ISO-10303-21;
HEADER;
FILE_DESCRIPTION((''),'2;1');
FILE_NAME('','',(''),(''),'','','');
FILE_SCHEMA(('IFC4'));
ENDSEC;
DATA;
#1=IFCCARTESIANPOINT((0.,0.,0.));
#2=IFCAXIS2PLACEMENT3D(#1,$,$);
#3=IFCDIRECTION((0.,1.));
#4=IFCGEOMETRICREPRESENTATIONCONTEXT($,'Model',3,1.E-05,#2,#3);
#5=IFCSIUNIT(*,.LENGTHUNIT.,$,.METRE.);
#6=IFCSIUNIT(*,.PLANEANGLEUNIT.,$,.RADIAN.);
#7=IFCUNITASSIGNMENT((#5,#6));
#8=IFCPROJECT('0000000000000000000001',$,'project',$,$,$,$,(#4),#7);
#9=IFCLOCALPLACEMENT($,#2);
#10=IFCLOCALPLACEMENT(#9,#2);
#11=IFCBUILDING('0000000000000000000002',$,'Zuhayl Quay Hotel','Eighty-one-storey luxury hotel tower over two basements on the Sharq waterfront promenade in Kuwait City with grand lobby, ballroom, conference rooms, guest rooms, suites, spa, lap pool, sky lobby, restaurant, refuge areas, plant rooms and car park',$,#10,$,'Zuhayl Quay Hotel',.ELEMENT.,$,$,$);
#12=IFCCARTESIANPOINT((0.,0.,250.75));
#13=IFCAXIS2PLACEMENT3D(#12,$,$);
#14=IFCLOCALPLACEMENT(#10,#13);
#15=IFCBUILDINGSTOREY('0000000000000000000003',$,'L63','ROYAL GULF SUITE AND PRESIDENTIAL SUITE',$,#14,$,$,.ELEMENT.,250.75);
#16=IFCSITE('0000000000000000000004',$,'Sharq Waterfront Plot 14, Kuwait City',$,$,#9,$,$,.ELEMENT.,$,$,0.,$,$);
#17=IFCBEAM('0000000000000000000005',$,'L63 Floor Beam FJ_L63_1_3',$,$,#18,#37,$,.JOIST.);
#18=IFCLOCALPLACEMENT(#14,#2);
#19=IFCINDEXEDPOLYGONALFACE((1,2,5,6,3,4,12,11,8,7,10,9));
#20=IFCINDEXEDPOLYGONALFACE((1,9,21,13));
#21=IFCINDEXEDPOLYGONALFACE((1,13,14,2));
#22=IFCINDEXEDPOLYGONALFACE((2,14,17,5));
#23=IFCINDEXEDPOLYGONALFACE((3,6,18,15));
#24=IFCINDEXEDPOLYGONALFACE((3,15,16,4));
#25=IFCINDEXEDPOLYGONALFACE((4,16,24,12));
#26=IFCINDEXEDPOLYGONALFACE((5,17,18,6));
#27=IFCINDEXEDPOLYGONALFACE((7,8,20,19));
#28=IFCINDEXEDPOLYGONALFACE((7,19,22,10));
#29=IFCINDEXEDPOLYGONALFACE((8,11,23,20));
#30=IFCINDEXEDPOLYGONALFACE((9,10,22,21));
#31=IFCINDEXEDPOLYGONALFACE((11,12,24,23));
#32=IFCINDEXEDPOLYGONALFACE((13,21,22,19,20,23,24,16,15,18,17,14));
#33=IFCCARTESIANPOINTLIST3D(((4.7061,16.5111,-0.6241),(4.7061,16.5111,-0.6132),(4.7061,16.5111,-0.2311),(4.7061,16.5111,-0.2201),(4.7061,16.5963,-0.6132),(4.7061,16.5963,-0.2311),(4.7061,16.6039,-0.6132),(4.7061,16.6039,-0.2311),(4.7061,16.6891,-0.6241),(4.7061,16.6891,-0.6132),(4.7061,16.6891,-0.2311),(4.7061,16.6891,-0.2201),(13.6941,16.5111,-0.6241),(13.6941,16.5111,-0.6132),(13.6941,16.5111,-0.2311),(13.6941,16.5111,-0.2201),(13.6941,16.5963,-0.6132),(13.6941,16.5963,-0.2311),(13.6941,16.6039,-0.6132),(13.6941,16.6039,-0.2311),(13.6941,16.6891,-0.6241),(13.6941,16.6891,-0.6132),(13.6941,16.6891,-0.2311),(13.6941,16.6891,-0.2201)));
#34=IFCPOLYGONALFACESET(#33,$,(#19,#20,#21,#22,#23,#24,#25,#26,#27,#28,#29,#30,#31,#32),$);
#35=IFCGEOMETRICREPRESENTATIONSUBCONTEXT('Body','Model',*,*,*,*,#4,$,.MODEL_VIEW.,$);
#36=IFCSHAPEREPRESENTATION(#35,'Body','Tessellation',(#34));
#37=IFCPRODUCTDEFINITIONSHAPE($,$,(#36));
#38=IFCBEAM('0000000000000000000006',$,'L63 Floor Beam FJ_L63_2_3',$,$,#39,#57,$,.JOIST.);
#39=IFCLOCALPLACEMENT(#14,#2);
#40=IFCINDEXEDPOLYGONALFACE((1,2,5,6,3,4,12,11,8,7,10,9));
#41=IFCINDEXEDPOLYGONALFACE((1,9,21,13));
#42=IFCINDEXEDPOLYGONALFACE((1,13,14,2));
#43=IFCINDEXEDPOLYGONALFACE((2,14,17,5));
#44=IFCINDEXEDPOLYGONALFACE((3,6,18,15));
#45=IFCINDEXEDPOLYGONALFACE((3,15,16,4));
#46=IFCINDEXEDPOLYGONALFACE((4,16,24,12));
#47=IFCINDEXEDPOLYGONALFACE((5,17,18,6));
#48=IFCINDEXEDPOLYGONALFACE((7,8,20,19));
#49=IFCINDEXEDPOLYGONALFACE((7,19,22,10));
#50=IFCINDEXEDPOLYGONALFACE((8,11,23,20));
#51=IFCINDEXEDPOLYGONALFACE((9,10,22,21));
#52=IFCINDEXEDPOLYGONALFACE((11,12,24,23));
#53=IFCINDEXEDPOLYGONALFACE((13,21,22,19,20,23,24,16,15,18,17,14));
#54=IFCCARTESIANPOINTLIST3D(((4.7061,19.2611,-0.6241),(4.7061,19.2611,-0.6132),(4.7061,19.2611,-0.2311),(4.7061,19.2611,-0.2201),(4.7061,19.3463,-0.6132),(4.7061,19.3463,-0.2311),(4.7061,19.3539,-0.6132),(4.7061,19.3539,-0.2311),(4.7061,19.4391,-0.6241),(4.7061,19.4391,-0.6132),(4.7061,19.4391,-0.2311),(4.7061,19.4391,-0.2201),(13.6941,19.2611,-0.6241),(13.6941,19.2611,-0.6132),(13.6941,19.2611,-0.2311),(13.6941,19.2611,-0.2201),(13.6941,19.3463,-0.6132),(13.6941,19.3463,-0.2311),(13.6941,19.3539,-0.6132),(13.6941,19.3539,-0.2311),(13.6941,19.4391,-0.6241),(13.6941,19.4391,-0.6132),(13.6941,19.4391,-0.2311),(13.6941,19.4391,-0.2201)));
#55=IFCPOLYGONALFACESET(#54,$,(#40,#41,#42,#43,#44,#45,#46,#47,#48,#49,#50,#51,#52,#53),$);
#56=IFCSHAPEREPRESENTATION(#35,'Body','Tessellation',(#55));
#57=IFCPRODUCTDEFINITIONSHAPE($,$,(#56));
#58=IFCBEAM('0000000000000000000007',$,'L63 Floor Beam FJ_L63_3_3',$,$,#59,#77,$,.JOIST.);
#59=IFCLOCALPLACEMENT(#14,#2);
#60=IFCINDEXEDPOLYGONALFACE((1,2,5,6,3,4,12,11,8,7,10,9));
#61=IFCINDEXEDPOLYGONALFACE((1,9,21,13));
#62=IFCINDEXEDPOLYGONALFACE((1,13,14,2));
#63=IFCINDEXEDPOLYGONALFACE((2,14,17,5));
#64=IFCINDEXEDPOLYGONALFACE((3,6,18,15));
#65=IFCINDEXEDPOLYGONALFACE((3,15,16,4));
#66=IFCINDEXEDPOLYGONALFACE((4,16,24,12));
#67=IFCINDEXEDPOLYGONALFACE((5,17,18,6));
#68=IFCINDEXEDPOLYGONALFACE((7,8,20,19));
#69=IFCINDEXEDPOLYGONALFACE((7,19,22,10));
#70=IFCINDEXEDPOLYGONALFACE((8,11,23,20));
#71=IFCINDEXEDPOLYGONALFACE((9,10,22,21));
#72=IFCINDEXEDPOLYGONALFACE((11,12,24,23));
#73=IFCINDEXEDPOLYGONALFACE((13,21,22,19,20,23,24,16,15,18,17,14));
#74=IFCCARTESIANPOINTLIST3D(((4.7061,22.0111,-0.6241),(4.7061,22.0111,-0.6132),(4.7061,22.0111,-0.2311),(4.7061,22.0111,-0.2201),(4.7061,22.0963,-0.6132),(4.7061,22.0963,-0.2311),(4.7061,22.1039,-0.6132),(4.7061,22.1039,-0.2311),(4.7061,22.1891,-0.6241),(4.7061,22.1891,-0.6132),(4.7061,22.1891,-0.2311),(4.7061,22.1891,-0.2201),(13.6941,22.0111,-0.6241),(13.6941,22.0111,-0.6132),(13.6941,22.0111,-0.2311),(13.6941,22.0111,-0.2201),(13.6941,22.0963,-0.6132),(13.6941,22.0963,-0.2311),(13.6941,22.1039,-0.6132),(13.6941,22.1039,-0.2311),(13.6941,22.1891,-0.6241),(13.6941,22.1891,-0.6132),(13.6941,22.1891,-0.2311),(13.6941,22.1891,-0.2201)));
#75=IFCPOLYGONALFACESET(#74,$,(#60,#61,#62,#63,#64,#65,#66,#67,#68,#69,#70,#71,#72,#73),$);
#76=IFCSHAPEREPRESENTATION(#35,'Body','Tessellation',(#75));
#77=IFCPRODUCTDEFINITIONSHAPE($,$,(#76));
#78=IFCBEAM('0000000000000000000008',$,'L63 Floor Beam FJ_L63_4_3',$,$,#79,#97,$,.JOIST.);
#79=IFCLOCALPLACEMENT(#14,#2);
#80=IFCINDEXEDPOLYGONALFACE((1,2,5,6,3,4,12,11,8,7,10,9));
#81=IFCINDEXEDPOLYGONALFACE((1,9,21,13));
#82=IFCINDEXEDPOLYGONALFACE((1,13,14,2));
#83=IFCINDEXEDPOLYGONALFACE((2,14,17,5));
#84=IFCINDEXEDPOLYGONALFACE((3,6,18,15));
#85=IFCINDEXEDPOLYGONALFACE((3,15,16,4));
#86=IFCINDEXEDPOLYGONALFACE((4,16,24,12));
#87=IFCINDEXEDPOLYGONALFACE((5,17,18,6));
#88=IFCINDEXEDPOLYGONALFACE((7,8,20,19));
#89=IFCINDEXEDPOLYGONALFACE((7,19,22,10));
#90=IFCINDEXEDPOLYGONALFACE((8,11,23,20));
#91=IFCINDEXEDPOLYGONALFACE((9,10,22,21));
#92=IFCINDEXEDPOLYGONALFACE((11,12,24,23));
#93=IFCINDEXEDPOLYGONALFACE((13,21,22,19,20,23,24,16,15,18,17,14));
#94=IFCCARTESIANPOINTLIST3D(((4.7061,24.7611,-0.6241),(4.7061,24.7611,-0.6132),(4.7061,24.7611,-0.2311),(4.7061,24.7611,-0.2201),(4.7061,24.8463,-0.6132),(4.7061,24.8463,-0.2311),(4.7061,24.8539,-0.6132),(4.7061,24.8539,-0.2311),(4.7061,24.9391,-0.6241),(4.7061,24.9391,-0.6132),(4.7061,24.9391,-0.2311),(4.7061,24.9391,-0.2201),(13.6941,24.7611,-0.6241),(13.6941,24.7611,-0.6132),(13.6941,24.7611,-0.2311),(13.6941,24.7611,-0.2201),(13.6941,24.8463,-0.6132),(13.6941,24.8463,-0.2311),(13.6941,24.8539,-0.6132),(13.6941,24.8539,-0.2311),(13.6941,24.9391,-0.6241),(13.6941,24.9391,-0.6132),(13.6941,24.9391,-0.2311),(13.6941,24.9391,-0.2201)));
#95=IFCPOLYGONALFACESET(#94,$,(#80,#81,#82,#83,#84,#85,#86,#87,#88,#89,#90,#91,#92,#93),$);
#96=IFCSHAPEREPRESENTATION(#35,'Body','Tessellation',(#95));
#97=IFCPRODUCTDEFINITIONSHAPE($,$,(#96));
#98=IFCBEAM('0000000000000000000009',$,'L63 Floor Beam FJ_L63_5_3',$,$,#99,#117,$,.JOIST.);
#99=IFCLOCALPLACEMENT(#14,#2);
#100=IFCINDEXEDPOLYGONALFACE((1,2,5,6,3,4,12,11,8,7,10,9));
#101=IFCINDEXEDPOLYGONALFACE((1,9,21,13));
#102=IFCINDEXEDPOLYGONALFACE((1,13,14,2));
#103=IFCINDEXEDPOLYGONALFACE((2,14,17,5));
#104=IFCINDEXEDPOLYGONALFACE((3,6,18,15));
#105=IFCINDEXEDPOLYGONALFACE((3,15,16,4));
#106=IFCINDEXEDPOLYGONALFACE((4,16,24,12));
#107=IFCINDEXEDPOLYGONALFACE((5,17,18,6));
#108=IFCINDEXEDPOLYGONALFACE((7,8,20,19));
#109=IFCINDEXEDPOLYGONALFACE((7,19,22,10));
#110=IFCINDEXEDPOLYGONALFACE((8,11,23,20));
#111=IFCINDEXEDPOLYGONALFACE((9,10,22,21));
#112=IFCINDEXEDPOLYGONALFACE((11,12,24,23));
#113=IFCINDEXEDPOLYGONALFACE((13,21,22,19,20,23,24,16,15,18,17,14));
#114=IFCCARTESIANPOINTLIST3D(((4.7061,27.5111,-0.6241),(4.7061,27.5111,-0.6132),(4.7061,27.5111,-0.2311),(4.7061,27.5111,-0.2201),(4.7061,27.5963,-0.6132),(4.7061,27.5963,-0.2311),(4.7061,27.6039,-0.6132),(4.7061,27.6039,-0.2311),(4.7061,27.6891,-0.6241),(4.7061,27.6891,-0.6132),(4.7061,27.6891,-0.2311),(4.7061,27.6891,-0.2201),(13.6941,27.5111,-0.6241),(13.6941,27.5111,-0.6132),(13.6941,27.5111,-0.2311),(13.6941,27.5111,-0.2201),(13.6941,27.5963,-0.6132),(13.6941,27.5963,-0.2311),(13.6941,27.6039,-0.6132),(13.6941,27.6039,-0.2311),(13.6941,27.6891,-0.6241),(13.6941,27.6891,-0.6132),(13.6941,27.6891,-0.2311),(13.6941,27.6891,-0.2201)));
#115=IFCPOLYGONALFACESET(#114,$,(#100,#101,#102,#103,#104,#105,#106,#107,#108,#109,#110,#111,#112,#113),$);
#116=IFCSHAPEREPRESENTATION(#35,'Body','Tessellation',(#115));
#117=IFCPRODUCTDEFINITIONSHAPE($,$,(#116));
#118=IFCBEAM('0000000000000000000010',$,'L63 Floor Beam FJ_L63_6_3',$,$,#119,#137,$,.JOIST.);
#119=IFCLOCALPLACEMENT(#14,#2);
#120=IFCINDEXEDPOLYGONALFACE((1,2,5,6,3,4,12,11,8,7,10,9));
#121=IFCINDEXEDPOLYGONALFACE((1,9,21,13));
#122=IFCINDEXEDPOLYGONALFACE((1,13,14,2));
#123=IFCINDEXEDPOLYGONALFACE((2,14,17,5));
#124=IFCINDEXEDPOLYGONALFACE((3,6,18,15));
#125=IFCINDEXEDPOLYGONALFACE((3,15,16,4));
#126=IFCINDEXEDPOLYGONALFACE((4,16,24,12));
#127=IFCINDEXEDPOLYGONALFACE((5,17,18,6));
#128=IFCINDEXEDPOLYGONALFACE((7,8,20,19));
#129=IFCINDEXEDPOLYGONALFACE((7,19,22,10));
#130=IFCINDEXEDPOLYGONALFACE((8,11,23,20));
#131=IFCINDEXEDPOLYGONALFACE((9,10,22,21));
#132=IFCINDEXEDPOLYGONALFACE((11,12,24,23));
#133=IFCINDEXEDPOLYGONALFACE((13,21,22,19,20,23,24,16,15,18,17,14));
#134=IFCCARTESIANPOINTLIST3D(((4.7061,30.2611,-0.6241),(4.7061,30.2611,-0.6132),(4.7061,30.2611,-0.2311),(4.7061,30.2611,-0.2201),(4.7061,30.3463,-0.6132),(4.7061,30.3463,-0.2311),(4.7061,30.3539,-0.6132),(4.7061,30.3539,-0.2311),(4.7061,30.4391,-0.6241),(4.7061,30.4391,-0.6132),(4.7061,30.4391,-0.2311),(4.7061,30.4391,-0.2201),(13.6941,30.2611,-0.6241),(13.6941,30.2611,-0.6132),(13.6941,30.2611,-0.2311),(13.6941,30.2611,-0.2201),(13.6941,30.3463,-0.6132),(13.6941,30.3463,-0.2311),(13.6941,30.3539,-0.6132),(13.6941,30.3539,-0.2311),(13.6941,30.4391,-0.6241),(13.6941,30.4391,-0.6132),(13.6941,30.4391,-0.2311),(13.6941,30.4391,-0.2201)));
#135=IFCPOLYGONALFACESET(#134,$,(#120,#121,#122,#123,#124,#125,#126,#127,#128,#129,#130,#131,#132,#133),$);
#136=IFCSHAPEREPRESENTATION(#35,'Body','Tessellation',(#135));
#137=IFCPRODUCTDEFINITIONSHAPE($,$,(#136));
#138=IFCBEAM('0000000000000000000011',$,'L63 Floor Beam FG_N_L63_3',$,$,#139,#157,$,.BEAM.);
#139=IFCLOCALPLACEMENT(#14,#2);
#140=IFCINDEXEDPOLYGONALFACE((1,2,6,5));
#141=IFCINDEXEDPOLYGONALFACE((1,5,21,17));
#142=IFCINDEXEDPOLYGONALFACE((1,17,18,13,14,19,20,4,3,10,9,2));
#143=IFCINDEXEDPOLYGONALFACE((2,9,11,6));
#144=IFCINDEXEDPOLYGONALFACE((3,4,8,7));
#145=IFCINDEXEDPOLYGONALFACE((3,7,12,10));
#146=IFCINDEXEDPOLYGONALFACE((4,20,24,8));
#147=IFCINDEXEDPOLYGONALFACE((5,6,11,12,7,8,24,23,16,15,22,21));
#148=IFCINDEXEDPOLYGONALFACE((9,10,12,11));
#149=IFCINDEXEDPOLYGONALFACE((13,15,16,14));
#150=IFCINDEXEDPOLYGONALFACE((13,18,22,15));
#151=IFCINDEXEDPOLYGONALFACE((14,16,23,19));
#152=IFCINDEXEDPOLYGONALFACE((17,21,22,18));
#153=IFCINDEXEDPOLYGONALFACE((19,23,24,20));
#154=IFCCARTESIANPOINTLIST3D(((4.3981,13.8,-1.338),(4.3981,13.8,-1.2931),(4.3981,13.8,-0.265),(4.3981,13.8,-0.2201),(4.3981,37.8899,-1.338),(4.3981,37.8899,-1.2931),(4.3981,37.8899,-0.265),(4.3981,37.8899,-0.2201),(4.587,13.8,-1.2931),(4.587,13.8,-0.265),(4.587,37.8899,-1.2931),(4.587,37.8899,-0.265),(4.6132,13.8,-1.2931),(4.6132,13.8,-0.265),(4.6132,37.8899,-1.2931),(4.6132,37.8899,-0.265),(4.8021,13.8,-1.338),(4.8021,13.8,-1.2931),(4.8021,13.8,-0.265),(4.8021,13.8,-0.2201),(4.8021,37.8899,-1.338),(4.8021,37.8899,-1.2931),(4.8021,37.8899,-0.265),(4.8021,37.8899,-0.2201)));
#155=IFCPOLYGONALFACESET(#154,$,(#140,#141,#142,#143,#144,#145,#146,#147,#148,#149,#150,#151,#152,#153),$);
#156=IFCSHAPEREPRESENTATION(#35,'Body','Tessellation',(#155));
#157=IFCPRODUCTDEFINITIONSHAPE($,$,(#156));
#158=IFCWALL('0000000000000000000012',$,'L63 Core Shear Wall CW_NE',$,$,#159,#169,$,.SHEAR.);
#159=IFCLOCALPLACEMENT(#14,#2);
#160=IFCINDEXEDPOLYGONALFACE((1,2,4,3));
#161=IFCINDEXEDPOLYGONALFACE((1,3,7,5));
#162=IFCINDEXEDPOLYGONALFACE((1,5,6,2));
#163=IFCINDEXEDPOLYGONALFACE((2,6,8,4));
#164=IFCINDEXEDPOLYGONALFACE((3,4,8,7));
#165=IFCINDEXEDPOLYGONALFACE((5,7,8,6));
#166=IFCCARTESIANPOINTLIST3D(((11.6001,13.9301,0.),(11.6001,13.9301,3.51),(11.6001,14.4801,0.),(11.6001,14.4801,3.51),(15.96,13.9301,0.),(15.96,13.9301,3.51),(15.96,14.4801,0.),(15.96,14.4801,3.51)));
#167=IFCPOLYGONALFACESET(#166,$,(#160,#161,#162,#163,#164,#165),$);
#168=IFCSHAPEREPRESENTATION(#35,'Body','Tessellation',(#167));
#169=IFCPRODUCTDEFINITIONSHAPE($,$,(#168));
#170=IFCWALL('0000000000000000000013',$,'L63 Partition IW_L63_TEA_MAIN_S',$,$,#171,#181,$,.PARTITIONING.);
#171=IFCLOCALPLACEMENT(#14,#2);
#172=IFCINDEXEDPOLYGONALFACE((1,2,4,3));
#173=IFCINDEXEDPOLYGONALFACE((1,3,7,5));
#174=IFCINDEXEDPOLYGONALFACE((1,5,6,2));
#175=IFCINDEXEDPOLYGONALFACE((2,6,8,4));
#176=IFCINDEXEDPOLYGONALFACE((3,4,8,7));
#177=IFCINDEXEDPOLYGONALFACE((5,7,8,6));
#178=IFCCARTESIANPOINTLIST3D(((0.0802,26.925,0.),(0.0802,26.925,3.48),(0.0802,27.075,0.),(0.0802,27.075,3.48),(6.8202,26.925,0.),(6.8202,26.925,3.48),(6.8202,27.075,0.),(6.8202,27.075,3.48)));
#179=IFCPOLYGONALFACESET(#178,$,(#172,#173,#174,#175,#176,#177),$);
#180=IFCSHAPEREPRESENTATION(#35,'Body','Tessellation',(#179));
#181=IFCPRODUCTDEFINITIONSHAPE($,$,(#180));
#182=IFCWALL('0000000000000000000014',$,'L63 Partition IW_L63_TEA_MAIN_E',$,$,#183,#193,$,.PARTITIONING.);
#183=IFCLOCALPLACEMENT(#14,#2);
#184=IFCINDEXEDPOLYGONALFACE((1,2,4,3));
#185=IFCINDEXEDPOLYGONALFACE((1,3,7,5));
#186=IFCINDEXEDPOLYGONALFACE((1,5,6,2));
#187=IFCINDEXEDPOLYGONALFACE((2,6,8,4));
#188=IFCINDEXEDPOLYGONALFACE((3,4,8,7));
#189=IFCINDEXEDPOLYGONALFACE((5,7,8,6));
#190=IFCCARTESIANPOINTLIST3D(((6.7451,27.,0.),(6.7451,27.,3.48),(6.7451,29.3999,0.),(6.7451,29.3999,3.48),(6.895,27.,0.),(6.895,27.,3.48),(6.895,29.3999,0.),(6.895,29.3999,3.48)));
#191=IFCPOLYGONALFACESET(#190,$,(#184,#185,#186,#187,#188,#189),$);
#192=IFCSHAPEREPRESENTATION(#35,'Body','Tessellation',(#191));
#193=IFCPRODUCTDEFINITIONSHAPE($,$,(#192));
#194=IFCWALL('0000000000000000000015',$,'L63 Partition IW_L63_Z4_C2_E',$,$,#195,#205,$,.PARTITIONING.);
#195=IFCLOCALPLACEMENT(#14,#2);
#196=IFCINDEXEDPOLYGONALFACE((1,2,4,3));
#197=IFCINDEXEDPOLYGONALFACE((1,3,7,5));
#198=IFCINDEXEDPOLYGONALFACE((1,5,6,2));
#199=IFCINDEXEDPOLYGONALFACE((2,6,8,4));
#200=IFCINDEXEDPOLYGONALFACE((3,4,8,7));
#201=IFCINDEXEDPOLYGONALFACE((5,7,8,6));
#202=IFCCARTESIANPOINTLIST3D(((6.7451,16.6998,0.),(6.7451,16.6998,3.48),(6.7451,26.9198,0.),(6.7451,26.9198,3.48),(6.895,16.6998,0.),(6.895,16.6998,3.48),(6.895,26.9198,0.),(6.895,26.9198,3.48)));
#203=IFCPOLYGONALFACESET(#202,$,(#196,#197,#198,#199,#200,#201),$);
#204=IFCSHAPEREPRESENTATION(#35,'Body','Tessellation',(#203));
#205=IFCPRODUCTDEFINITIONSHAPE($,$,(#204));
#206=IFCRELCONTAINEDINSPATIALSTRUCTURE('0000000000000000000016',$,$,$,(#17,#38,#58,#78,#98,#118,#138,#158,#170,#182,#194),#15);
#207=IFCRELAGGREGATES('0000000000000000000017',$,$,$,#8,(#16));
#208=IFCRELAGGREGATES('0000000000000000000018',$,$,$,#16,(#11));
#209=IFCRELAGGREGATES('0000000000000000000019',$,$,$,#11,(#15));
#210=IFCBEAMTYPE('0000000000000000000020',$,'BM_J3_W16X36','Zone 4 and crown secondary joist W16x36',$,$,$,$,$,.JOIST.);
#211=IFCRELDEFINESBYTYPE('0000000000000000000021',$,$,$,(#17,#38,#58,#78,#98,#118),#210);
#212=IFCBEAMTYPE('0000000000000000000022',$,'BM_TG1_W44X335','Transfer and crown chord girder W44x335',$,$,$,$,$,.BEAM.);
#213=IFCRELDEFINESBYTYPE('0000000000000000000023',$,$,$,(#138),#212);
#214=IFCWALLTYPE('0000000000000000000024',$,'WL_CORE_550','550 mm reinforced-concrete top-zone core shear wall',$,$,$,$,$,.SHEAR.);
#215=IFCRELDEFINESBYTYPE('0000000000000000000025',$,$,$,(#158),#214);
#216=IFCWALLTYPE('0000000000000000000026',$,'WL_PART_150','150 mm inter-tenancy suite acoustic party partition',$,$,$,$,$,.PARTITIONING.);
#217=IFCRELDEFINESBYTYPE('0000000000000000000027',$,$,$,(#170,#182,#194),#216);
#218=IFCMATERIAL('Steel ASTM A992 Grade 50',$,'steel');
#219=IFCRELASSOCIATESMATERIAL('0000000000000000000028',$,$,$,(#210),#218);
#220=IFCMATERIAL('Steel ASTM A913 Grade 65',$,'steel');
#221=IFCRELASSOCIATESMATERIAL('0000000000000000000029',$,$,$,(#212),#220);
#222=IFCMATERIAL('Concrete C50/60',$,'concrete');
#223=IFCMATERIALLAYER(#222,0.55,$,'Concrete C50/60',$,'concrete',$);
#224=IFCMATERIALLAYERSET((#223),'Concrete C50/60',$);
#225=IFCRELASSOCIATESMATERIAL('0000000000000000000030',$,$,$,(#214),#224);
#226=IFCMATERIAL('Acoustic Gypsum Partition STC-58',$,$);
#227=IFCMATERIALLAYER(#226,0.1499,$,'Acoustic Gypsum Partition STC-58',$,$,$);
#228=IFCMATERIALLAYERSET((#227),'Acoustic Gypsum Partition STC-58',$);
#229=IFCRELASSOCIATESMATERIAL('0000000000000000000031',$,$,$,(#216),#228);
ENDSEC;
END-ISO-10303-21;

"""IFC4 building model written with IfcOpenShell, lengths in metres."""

from ifc_helpers import new_model, si_unit, direction, frame, frame_2d, origin, origin_2d, place, context, subcontext, project, spatial, rectangle, i_section, extrude, material, layer, layer_set, material_profile, profile_set, type_object, element, save


model = new_model("IFC4")

# Units and contexts
model_context = context("Model", 3, precision=1e-05, world=origin(), true_north=direction((0.0, 1.0)))
body_context = subcontext(model_context, "Body", "Model", "MODEL_VIEW")
ifc_project = project(units=[si_unit("LENGTHUNIT", "METRE"), si_unit("PLANEANGLEUNIT", "RADIAN")], contexts=[model_context])

# Site, building, storey
site_placement = place(None, origin())
site = spatial("IfcSite", under=ifc_project, at=site_placement, Name="Sharq Waterfront Plot 14, Kuwait City", CompositionType="ELEMENT", RefElevation=0.0)
building_placement = place(site_placement, origin())
building = spatial("IfcBuilding", under=site, at=building_placement, Name="Zuhayl Quay Hotel", Description="Eighty-one-storey luxury hotel tower over two basements on the Sharq waterfront promenade in Kuwait City with grand lobby, ballroom, conference rooms, guest rooms, suites, spa, lap pool, sky lobby, restaurant, refuge areas, plant rooms and car park", LongName="Zuhayl Quay Hotel", CompositionType="ELEMENT")
storey_placement = place(building_placement, frame((0.0, 0.0, 250.75)))
storey = spatial("IfcBuildingStorey", under=building, at=storey_placement, Name="L63", Description="ROYAL GULF SUITE AND PRESIDENTIAL SUITE", CompositionType="ELEMENT", Elevation=250.75)

# Beams
ifc_material_1 = material(Name="Steel ASTM A992 Grade 50", Category="steel")
ifc_material_profile_1 = material_profile(ifc_material_1, i_section(OverallWidth=0.178, OverallDepth=0.4041, WebThickness=0.0076, FlangeThickness=0.011, at=origin_2d()), Name="W16X36")
ifc_profile_set_1 = profile_set([ifc_material_profile_1], Name="Steel ASTM A992 Grade 50")
beam_type_1 = type_object("IfcBeamType", Name="BM_J3_W16X36", Description="Zone 4 and crown secondary joist W16x36", PredefinedType="JOIST", material=ifc_profile_set_1)
for number, where, z_axis, x_axis, name in (
    (1, (4.7061, 16.6001, -0.4221), (1.0, 0.0, 0.0), (0.0, 1.0, 0.0), "L63 Floor Beam FJ_L63_1_3"),
    (2, (4.7061, 19.3501, -0.4221), (1.0, 0.0, 0.0), (0.0, 1.0, 0.0), "L63 Floor Beam FJ_L63_2_3"),
    (3, (4.7061, 22.1001, -0.4221), (1.0, 0.0, 0.0), (0.0, 1.0, 0.0), "L63 Floor Beam FJ_L63_3_3"),
    (4, (4.7061, 24.8501, -0.4221), (1.0, 0.0, 0.0), (0.0, 1.0, 0.0), "L63 Floor Beam FJ_L63_4_3"),
    (5, (4.7061, 27.6001, -0.4221), (1.0, 0.0, 0.0), (0.0, 1.0, 0.0), "L63 Floor Beam FJ_L63_5_3"),
    (6, (4.7061, 30.3501, -0.4221), (1.0, 0.0, 0.0), (0.0, 1.0, 0.0), "L63 Floor Beam FJ_L63_6_3"),
):
    element("IfcBeam", number, at=place(storey_placement, frame(where, z_axis=z_axis, x_axis=x_axis)), inside=storey, type_object=beam_type_1, Name=name, PredefinedType="JOIST", context=body_context, shape_type="SweptSolid", body=[
        extrude(i_section(OverallWidth=0.178, OverallDepth=0.4041, WebThickness=0.0076, FlangeThickness=0.011, at=origin_2d()), origin(), (0.0, 0.0, 1.0), 8.988),
    ])
ifc_material_2 = material(Name="Steel ASTM A913 Grade 65", Category="steel")
ifc_material_profile_2 = material_profile(ifc_material_2, i_section(OverallWidth=0.4041, OverallDepth=1.1179, WebThickness=0.0261, FlangeThickness=0.0449, at=origin_2d()), Name="W44X335")
ifc_profile_set_2 = profile_set([ifc_material_profile_2], Name="Steel ASTM A913 Grade 65")
beam_type_2 = type_object("IfcBeamType", Name="BM_TG1_W44X335", Description="Transfer and crown chord girder W44x335", PredefinedType="BEAM", material=ifc_profile_set_2)
beam_placement = place(storey_placement, frame((4.6001, 13.8, -0.7791), z_axis=(0.0, 1.0, 0.0), x_axis=(-1.0, 0.0, 0.0)))
element("IfcBeam", 7, at=beam_placement, inside=storey, type_object=beam_type_2, Name="L63 Floor Beam FG_N_L63_3", PredefinedType="BEAM", context=body_context, shape_type="SweptSolid", body=[
    extrude(i_section(OverallWidth=0.4041, OverallDepth=1.1179, WebThickness=0.0261, FlangeThickness=0.0449, at=origin_2d()), origin(), (0.0, 0.0, 1.0), 24.0898),
])

# Walls
ifc_material_3 = material(Name="Concrete C50/60", Category="concrete")
ifc_layer_1 = layer(ifc_material_3, 0.55, Name="Concrete C50/60", Category="concrete")
ifc_layer_set_1 = layer_set([ifc_layer_1], Name="Concrete C50/60")
wall_type_1 = type_object("IfcWallType", Name="WL_CORE_550", Description="550 mm reinforced-concrete top-zone core shear wall", PredefinedType="SHEAR", material=ifc_layer_set_1)
wall_1_placement = place(storey_placement, frame((11.6001, 14.2051, 0.0), z_axis=(0.0, 0.0, 1.0), x_axis=(1.0, 0.0, 0.0)))
element("IfcWall", 8, at=wall_1_placement, inside=storey, type_object=wall_type_1, Name="L63 Core Shear Wall CW_NE", PredefinedType="SHEAR", context=body_context, shape_type="SweptSolid", body=[
    extrude(rectangle(XDim=4.3599, YDim=0.55, at=frame_2d((2.1799, 0.0))), origin(), (0.0, 0.0, 1.0), 3.51),
])
ifc_material_4 = material(Name="Acoustic Gypsum Partition STC-58")
ifc_layer_2 = layer(ifc_material_4, 0.1499, Name="Acoustic Gypsum Partition STC-58")
ifc_layer_set_2 = layer_set([ifc_layer_2], Name="Acoustic Gypsum Partition STC-58")
wall_type_2 = type_object("IfcWallType", Name="WL_PART_150", Description="150 mm inter-tenancy suite acoustic party partition", PredefinedType="PARTITIONING", material=ifc_layer_set_2)
wall_2_placement = place(storey_placement, frame((0.0801, 27.0, 0.0), z_axis=(0.0, 0.0, 1.0), x_axis=(1.0, 0.0, 0.0)))
element("IfcWall", 9, at=wall_2_placement, inside=storey, type_object=wall_type_2, Name="L63 Partition IW_L63_TEA_MAIN_S", PredefinedType="PARTITIONING", context=body_context, shape_type="SweptSolid", body=[
    extrude(rectangle(XDim=6.74, YDim=0.1499, at=frame_2d((3.3701, 0.0))), origin(), (0.0, 0.0, 1.0), 3.48),
])
wall_3_placement = place(storey_placement, frame((6.8201, 27.0, 0.0), z_axis=(0.0, 0.0, 1.0), x_axis=(0.0, 1.0, 0.0)))
element("IfcWall", 10, at=wall_3_placement, inside=storey, type_object=wall_type_2, Name="L63 Partition IW_L63_TEA_MAIN_E", PredefinedType="PARTITIONING", context=body_context, shape_type="SweptSolid", body=[
    extrude(rectangle(XDim=2.3999, YDim=0.1499, at=frame_2d((1.2, 0.0))), origin(), (0.0, 0.0, 1.0), 3.48),
])
wall_4_placement = place(storey_placement, frame((6.8201, 16.7, 0.0), z_axis=(0.0, 0.0, 1.0), x_axis=(0.0, 1.0, 0.0)))
element("IfcWall", 11, at=wall_4_placement, inside=storey, type_object=wall_type_2, Name="L63 Partition IW_L63_Z4_C2_E", PredefinedType="PARTITIONING", context=body_context, shape_type="SweptSolid", body=[
    extrude(rectangle(XDim=10.22, YDim=0.1499, at=frame_2d((5.1099, 0.0))), origin(), (0.0, 0.0, 1.0), 3.48),
])

save(model, "model.ifc")
